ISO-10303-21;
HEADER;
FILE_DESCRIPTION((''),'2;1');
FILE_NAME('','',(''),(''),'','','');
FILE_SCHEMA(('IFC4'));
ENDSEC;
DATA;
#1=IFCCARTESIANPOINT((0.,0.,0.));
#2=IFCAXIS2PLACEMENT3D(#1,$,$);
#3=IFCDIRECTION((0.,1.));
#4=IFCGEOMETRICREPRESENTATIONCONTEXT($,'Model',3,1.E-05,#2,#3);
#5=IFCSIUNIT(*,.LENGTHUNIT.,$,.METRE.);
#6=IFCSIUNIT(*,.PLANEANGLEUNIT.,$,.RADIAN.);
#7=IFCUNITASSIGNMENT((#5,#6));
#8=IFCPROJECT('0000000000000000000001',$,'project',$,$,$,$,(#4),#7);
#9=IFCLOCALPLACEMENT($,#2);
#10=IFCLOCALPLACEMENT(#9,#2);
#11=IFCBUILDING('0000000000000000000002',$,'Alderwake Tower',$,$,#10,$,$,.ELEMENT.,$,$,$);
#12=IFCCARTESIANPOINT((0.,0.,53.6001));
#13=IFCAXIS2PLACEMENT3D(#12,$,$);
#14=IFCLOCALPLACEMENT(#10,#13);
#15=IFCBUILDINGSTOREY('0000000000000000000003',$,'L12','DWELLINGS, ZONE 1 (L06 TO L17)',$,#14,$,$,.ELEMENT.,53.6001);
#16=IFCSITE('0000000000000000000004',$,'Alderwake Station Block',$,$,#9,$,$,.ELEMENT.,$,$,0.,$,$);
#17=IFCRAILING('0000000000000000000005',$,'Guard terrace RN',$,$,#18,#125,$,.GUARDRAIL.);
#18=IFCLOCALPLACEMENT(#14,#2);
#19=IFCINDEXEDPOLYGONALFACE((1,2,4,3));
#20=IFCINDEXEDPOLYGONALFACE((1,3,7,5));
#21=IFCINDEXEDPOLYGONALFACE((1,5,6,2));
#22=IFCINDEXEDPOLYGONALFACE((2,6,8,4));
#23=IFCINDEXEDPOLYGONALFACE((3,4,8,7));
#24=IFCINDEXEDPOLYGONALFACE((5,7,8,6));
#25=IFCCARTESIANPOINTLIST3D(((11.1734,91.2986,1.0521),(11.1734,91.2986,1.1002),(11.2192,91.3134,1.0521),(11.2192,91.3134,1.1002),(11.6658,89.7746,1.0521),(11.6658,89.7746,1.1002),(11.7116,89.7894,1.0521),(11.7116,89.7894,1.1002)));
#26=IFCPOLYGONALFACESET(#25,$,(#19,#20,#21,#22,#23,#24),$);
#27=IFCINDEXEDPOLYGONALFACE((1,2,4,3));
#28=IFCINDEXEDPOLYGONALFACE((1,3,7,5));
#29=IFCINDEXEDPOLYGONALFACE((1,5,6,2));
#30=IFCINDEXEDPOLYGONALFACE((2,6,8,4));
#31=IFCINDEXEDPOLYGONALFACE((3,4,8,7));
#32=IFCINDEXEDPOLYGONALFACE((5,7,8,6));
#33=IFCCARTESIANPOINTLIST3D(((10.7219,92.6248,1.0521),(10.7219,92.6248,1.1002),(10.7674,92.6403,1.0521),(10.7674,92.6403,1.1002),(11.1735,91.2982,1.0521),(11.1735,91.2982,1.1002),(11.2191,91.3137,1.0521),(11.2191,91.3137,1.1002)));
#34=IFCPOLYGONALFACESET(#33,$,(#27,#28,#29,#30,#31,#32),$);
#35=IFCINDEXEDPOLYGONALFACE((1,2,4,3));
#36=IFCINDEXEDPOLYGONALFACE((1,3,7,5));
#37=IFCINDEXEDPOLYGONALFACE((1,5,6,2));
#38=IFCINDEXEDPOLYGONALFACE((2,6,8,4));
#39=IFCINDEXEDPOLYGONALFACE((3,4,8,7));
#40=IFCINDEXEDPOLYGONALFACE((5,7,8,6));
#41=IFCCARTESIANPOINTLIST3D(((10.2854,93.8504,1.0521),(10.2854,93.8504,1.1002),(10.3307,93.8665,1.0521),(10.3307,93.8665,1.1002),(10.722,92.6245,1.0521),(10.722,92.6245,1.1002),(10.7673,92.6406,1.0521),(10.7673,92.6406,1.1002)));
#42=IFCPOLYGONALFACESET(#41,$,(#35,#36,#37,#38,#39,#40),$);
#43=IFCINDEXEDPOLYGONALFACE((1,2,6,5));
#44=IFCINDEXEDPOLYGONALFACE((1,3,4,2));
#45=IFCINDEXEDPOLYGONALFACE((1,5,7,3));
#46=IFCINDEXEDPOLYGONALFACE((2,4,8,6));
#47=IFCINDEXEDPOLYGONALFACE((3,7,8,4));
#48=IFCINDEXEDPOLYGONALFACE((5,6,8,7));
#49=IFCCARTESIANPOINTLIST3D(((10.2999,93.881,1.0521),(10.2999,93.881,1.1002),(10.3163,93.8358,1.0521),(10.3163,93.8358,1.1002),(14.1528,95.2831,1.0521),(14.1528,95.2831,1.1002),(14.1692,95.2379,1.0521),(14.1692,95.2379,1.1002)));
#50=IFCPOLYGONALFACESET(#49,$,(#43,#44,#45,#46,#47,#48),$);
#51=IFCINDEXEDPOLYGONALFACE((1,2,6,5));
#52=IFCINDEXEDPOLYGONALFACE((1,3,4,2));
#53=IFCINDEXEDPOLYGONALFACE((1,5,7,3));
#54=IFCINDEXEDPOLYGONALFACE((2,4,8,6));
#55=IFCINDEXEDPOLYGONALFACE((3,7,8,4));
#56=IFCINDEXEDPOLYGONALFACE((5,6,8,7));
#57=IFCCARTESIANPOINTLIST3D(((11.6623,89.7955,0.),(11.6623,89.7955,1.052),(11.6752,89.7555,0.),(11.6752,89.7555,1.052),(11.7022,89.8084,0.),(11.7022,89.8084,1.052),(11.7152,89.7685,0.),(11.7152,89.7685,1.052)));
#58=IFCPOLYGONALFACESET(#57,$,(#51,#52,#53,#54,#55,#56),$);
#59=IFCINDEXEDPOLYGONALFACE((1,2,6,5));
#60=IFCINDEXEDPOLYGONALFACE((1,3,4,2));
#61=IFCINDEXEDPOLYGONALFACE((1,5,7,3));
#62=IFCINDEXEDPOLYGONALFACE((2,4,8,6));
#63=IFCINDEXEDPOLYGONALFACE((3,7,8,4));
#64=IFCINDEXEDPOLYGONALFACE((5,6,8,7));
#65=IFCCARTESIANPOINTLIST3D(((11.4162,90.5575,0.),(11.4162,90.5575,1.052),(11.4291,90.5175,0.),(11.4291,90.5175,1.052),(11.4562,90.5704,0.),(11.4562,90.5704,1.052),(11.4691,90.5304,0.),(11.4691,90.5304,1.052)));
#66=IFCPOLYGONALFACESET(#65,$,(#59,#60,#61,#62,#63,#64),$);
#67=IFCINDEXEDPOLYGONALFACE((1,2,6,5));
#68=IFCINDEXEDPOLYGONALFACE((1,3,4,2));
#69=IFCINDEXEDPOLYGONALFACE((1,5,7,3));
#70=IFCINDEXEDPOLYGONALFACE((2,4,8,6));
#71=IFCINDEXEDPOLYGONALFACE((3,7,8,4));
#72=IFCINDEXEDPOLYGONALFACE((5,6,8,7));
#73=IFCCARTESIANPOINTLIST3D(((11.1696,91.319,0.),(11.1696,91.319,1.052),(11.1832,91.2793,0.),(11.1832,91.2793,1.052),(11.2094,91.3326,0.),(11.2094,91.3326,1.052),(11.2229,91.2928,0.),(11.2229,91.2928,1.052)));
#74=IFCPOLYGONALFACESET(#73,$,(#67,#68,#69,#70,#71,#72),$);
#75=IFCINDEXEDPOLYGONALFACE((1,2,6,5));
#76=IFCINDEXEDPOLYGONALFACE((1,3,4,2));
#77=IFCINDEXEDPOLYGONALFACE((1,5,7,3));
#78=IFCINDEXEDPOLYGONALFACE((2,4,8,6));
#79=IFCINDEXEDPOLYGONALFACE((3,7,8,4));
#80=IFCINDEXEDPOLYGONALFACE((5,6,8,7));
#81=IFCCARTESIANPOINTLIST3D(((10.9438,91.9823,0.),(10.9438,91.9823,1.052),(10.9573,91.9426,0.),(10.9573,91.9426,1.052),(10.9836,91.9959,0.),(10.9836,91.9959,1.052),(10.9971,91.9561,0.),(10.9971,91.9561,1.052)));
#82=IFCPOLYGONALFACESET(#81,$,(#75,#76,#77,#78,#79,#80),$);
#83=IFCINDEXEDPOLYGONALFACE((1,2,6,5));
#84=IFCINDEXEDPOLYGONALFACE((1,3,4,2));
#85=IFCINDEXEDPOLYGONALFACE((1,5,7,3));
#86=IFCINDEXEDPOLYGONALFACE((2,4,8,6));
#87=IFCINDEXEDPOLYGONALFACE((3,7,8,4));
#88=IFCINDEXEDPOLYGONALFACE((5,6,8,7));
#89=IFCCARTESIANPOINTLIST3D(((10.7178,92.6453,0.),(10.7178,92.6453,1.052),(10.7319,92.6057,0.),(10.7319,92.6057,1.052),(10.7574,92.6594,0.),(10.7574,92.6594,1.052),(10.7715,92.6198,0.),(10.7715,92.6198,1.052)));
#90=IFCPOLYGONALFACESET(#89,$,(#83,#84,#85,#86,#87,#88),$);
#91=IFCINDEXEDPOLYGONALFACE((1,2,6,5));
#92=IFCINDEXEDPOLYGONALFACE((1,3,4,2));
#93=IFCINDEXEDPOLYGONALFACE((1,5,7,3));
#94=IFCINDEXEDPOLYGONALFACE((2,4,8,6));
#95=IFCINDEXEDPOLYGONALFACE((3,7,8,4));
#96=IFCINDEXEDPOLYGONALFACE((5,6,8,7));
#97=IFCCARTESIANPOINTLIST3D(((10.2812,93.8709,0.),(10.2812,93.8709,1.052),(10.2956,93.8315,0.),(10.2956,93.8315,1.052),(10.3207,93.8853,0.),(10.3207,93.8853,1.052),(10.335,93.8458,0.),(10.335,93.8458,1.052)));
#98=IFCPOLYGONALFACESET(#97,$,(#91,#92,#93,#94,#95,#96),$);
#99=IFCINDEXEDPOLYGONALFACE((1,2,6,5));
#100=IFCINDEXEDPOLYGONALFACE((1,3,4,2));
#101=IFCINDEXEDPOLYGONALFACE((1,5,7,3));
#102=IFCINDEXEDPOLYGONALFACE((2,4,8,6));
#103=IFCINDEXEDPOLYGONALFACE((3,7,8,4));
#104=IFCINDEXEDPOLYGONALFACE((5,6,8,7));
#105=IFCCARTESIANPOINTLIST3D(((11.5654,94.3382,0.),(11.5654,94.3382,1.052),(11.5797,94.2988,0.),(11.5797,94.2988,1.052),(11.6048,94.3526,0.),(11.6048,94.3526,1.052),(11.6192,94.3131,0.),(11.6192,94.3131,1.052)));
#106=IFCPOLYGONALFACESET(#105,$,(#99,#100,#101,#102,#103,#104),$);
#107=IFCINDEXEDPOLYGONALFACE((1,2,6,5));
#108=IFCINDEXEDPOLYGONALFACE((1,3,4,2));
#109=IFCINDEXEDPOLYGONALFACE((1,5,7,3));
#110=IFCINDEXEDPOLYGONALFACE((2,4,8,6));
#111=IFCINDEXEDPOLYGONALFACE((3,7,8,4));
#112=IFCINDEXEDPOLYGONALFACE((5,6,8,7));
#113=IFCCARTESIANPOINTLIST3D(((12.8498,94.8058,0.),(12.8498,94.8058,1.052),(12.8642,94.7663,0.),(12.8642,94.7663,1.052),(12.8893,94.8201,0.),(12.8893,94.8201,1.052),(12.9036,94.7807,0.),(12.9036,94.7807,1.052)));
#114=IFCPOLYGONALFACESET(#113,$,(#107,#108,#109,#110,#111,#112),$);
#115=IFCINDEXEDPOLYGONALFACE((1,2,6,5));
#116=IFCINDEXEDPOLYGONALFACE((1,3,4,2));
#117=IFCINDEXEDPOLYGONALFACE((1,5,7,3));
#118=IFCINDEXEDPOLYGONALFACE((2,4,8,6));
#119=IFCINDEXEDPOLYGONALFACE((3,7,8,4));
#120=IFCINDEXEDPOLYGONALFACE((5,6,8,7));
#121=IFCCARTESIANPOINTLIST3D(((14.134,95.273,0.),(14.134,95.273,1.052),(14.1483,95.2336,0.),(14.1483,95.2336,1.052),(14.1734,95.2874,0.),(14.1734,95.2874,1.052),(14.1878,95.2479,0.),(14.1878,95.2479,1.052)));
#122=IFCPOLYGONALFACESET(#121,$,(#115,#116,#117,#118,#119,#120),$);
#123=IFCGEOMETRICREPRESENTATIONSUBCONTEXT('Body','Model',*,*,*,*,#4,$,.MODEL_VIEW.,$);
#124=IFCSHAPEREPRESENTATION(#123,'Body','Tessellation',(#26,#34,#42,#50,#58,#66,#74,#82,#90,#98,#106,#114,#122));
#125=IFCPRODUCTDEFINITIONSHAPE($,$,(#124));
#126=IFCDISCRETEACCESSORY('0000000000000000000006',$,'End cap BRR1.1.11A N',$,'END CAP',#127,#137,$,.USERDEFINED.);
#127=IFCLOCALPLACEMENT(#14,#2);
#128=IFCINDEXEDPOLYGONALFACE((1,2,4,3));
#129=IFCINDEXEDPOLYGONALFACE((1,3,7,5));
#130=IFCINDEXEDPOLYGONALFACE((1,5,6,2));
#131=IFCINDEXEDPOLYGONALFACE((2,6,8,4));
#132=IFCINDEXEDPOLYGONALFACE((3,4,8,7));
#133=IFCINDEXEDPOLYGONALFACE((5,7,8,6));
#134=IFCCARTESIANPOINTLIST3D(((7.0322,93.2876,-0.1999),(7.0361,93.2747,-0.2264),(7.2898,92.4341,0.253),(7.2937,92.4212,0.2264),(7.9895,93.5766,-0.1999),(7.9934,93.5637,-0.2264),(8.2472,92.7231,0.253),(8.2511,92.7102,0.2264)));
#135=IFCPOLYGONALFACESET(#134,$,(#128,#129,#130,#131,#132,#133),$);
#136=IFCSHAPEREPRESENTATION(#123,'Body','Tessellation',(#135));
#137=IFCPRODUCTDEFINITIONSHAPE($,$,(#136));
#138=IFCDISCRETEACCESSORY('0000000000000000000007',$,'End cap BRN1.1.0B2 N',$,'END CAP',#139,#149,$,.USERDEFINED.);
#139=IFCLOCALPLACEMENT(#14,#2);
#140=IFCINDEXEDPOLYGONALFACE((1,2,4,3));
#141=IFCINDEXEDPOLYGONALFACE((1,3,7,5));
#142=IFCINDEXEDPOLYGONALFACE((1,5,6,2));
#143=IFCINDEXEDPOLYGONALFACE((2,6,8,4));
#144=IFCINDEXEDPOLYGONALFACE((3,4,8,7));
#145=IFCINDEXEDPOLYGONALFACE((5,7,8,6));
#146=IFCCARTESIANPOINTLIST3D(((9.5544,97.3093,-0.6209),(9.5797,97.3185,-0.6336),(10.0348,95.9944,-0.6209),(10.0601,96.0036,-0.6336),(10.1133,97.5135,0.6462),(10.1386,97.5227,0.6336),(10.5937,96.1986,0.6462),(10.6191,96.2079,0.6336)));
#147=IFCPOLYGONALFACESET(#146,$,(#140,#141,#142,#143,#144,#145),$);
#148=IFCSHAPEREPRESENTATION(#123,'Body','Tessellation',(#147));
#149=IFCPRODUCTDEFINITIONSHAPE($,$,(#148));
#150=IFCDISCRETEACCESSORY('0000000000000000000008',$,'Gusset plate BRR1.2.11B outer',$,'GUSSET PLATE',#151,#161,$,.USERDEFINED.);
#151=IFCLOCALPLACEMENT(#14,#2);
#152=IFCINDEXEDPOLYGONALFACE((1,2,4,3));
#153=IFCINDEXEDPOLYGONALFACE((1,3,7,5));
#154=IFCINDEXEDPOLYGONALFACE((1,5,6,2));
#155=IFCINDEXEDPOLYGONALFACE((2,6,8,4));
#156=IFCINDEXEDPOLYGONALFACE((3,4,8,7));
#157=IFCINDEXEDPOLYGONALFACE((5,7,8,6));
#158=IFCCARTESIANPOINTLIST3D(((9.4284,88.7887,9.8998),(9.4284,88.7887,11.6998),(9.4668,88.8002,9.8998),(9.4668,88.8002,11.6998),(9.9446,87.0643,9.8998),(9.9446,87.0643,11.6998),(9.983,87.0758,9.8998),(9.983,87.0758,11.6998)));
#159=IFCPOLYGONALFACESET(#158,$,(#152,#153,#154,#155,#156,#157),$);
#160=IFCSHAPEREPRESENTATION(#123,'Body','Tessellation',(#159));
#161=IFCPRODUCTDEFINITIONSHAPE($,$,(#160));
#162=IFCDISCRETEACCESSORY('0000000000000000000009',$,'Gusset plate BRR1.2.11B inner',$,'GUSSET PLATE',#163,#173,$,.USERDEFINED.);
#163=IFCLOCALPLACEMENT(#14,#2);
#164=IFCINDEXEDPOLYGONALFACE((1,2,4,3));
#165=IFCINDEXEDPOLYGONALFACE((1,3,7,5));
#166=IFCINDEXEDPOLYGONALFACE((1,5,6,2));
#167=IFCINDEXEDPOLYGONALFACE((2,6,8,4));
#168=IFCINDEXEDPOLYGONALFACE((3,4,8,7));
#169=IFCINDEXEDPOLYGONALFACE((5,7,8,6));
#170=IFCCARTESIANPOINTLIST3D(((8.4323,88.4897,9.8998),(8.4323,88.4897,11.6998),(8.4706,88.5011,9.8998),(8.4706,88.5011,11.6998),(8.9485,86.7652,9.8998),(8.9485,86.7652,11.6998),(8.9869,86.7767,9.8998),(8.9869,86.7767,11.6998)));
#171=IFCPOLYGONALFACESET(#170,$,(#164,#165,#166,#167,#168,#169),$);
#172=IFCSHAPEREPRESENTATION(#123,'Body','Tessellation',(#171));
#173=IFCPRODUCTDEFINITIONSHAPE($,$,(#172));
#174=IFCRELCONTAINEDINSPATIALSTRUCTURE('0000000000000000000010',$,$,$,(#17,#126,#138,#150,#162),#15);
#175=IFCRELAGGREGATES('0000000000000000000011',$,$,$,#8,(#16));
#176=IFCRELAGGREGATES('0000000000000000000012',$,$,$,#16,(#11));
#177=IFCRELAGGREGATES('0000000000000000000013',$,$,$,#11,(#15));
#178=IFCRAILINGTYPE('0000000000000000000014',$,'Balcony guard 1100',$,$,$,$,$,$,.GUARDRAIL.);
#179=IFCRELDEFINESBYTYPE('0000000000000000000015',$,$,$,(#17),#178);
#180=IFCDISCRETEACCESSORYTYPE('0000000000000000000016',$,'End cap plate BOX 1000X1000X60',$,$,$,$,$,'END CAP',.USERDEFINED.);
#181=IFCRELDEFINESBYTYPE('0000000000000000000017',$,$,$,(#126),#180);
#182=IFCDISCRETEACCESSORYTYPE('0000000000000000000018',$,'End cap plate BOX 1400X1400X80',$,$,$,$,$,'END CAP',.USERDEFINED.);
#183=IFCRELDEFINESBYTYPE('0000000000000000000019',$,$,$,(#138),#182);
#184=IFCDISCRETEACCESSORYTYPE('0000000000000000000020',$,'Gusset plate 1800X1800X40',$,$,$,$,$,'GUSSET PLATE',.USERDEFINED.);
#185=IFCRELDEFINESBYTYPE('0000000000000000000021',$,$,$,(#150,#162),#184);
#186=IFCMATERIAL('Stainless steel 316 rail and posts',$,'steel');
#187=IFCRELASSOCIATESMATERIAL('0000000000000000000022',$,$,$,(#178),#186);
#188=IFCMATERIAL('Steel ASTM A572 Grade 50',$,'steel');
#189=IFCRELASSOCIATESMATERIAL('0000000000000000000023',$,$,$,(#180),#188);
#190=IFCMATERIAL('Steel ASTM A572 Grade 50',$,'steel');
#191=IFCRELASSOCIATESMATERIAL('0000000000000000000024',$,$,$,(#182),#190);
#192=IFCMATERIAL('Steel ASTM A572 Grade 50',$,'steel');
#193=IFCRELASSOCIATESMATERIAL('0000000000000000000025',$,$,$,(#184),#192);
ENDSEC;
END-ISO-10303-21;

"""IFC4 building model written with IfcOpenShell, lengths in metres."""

from ifc_helpers import new_model, si_unit, direction, frame, origin, origin_2d, place, context, subcontext, project, spatial, rectangle, extrude, material, material_profile, profile_set, type_object, element, save


model = new_model("IFC4")

# Units and contexts
model_context = context("Model", 3, precision=1e-05, world=origin(), true_north=direction((0.0, 1.0)))
body_context = subcontext(model_context, "Body", "Model", "MODEL_VIEW")
ifc_project = project(units=[si_unit("LENGTHUNIT", "METRE"), si_unit("PLANEANGLEUNIT", "RADIAN")], contexts=[model_context])

# Site, building, storey
site_placement = place(None, origin())
site = spatial("IfcSite", under=ifc_project, at=site_placement, Name="Alderwake Station Block", CompositionType="ELEMENT", RefElevation=0.0)
building_placement = place(site_placement, origin())
building = spatial("IfcBuilding", under=site, at=building_placement, Name="Alderwake Tower", CompositionType="ELEMENT")
storey_placement = place(building_placement, frame((0.0, 0.0, 53.6001)))
storey = spatial("IfcBuildingStorey", under=building, at=storey_placement, Name="L12", Description="DWELLINGS, ZONE 1 (L06 TO L17)", CompositionType="ELEMENT", Elevation=53.6001)

# Railing
ifc_material_1 = material(Name="Stainless steel 316 rail and posts", Category="steel")
railing_type = type_object("IfcRailingType", Name="Balcony guard 1100", PredefinedType="GUARDRAIL", material=ifc_material_1)
railing_1_placement = place(storey_placement, frame((11.6887, 89.782, 0.0)))
element("IfcRailing", 1, at=railing_1_placement, inside=storey, type_object=railing_type, Name="Guard terrace RN", PredefinedType="GUARDRAIL", context=body_context, shape_type="SweptSolid", body=[
    extrude(rectangle(XDim=0.0481, YDim=0.0481, at=origin_2d()), frame((0.0, 0.0, 1.0762), z_axis=(-0.307479, 0.951555, 0.0), x_axis=(-0.951555, -0.307479, 0.0)), (0.0, 0.0, 1.0), 1.6016),
    extrude(rectangle(XDim=0.0481, YDim=0.0481, at=origin_2d()), frame((-0.4924, 1.5239, 1.0762), z_axis=(-0.322284, 0.946643, 0.0), x_axis=(-0.946643, -0.322284, 0.0)), (0.0, 0.0, 1.0), 1.4014),
    extrude(rectangle(XDim=0.0481, YDim=0.0481, at=origin_2d()), frame((-0.9441, 2.8506, 1.0762), z_axis=(-0.335469, 0.942051, 0.0), x_axis=(-0.942051, -0.335469, 0.0)), (0.0, 0.0, 1.0), 1.3013),
    extrude(rectangle(XDim=0.0481, YDim=0.0481, at=origin_2d()), frame((-1.3806, 4.0764, 1.0762), z_axis=(0.939708, 0.341977, 0.0), x_axis=(-0.341977, 0.939708, 0.0)), (0.0, 0.0, 1.0), 4.1001),
    extrude(rectangle(XDim=0.042, YDim=0.042, at=origin_2d()), frame((0.0, 0.0, 0.0), z_axis=(0.0, 0.0, 1.0), x_axis=(-0.307479, 0.951555, 0.0)), (0.0, 0.0, 1.0), 1.052),
    extrude(rectangle(XDim=0.042, YDim=0.042, at=origin_2d()), frame((-0.2461, 0.762, 0.0), z_axis=(0.0, 0.0, 1.0), x_axis=(-0.307479, 0.951555, 0.0)), (0.0, 0.0, 1.0), 1.052),
    extrude(rectangle(XDim=0.042, YDim=0.042, at=origin_2d()), frame((-0.4924, 1.5239, 0.0), z_axis=(0.0, 0.0, 1.0), x_axis=(-0.322284, 0.946643, 0.0)), (0.0, 0.0, 1.0), 1.052),
    extrude(rectangle(XDim=0.042, YDim=0.042, at=origin_2d()), frame((-0.7183, 2.1873, 0.0), z_axis=(0.0, 0.0, 1.0), x_axis=(-0.322284, 0.946643, 0.0)), (0.0, 0.0, 1.0), 1.052),
    extrude(rectangle(XDim=0.042, YDim=0.042, at=origin_2d()), frame((-0.9441, 2.8506, 0.0), z_axis=(0.0, 0.0, 1.0), x_axis=(-0.335469, 0.942051, 0.0)), (0.0, 0.0, 1.0), 1.052),
    extrude(rectangle(XDim=0.042, YDim=0.042, at=origin_2d()), frame((-1.3806, 4.0764, 0.0), z_axis=(0.0, 0.0, 1.0), x_axis=(0.939708, 0.341977, 0.0)), (0.0, 0.0, 1.0), 1.052),
    extrude(rectangle(XDim=0.042, YDim=0.042, at=origin_2d()), frame((-0.0964, 4.5437, 0.0), z_axis=(0.0, 0.0, 1.0), x_axis=(0.939708, 0.341977, 0.0)), (0.0, 0.0, 1.0), 1.052),
    extrude(rectangle(XDim=0.042, YDim=0.042, at=origin_2d()), frame((1.188, 5.0112, 0.0), z_axis=(0.0, 0.0, 1.0), x_axis=(0.939708, 0.341977, 0.0)), (0.0, 0.0, 1.0), 1.052),
    extrude(rectangle(XDim=0.042, YDim=0.042, at=origin_2d()), frame((2.4722, 5.4785, 0.0), z_axis=(0.0, 0.0, 1.0), x_axis=(0.939708, 0.341977, 0.0)), (0.0, 0.0, 1.0), 1.052),
])

# Discrete accessories
ifc_material_2 = material(Name="Steel ASTM A572 Grade 50", Category="steel")
ifc_material_profile_1 = material_profile(ifc_material_2, rectangle(XDim=1.0, YDim=1.0, at=origin_2d()), Name="BOX 1000X1000X60 cap")
ifc_profile_set_1 = profile_set([ifc_material_profile_1], Name="Steel ASTM A572 Grade 50")
discrete_accessory_type_1 = type_object("IfcDiscreteAccessoryType", Name="End cap plate BOX 1000X1000X60", ElementType="END CAP", PredefinedType="USERDEFINED", material=ifc_profile_set_1)
discrete_accessory_1_placement = place(storey_placement, frame((7.6436, 92.9924, 0.0), z_axis=(-0.130875, 0.433524, 0.891588), x_axis=(-0.957328, -0.289005, 0.0)))
element("IfcDiscreteAccessory", 2, at=discrete_accessory_1_placement, inside=storey, type_object=discrete_accessory_type_1, Name="End cap BRR1.1.11A N", ObjectType="END CAP", PredefinedType="USERDEFINED", context=body_context, shape_type="SweptSolid", body=[
    extrude(rectangle(XDim=1.0, YDim=1.0, at=origin_2d()), origin(), (0.0, 0.0, 1.0), 0.0298),
])
ifc_material_3 = material(Name="Steel ASTM A572 Grade 50", Category="steel")
ifc_material_profile_2 = material_profile(ifc_material_3, rectangle(XDim=1.3999, YDim=1.3999, at=origin_2d()), Name="BOX 1400X1400X80 cap")
ifc_profile_set_2 = profile_set([ifc_material_profile_2], Name="Steel ASTM A572 Grade 50")
discrete_accessory_type_2 = type_object("IfcDiscreteAccessoryType", Name="End cap plate BOX 1400X1400X80", ElementType="END CAP", PredefinedType="USERDEFINED", material=ifc_profile_set_2)
discrete_accessory_2_placement = place(storey_placement, frame((10.0994, 96.7632, 0.0), z_axis=(-0.850177, -0.310642, 0.425089), x_axis=(0.343193, -0.939265, 0.0)))
element("IfcDiscreteAccessory", 3, at=discrete_accessory_2_placement, inside=storey, type_object=discrete_accessory_type_2, Name="End cap BRN1.1.0B2 N", ObjectType="END CAP", PredefinedType="USERDEFINED", context=body_context, shape_type="SweptSolid", body=[
    extrude(rectangle(XDim=1.3999, YDim=1.3999, at=origin_2d()), origin(), (0.0, 0.0, 1.0), 0.0298),
])
ifc_material_4 = material(Name="Steel ASTM A572 Grade 50", Category="steel")
ifc_material_profile_3 = material_profile(ifc_material_4, rectangle(XDim=1.8, YDim=1.8, at=origin_2d()), Name="gusset 1800X1800")
ifc_profile_set_3 = profile_set([ifc_material_profile_3], Name="Steel ASTM A572 Grade 50")
discrete_accessory_type_3 = type_object("IfcDiscreteAccessoryType", Name="Gusset plate 1800X1800X40", ElementType="GUSSET PLATE", PredefinedType="USERDEFINED", material=ifc_profile_set_3)
for number, where, z_axis, x_axis, name in (
    (4, (9.6865, 87.9265, 10.7998), (0.957994, 0.286788, 0.0), (-0.286788, 0.957994, 0.0), "Gusset plate BRR1.2.11B outer"),
    (5, (8.7288, 87.6389, 10.7998), (-0.957994, -0.286788, 0.0), (0.286788, -0.957994, 0.0), "Gusset plate BRR1.2.11B inner"),
):
    element("IfcDiscreteAccessory", number, at=place(storey_placement, frame(where, z_axis=z_axis, x_axis=x_axis)), inside=storey, type_object=discrete_accessory_type_3, Name=name, ObjectType="GUSSET PLATE", PredefinedType="USERDEFINED", context=body_context, shape_type="SweptSolid", body=[
        extrude(rectangle(XDim=1.8, YDim=1.8, at=origin_2d()), origin(), (0.0, 0.0, 1.0), 0.04),
    ])

save(model, "model.ifc")
